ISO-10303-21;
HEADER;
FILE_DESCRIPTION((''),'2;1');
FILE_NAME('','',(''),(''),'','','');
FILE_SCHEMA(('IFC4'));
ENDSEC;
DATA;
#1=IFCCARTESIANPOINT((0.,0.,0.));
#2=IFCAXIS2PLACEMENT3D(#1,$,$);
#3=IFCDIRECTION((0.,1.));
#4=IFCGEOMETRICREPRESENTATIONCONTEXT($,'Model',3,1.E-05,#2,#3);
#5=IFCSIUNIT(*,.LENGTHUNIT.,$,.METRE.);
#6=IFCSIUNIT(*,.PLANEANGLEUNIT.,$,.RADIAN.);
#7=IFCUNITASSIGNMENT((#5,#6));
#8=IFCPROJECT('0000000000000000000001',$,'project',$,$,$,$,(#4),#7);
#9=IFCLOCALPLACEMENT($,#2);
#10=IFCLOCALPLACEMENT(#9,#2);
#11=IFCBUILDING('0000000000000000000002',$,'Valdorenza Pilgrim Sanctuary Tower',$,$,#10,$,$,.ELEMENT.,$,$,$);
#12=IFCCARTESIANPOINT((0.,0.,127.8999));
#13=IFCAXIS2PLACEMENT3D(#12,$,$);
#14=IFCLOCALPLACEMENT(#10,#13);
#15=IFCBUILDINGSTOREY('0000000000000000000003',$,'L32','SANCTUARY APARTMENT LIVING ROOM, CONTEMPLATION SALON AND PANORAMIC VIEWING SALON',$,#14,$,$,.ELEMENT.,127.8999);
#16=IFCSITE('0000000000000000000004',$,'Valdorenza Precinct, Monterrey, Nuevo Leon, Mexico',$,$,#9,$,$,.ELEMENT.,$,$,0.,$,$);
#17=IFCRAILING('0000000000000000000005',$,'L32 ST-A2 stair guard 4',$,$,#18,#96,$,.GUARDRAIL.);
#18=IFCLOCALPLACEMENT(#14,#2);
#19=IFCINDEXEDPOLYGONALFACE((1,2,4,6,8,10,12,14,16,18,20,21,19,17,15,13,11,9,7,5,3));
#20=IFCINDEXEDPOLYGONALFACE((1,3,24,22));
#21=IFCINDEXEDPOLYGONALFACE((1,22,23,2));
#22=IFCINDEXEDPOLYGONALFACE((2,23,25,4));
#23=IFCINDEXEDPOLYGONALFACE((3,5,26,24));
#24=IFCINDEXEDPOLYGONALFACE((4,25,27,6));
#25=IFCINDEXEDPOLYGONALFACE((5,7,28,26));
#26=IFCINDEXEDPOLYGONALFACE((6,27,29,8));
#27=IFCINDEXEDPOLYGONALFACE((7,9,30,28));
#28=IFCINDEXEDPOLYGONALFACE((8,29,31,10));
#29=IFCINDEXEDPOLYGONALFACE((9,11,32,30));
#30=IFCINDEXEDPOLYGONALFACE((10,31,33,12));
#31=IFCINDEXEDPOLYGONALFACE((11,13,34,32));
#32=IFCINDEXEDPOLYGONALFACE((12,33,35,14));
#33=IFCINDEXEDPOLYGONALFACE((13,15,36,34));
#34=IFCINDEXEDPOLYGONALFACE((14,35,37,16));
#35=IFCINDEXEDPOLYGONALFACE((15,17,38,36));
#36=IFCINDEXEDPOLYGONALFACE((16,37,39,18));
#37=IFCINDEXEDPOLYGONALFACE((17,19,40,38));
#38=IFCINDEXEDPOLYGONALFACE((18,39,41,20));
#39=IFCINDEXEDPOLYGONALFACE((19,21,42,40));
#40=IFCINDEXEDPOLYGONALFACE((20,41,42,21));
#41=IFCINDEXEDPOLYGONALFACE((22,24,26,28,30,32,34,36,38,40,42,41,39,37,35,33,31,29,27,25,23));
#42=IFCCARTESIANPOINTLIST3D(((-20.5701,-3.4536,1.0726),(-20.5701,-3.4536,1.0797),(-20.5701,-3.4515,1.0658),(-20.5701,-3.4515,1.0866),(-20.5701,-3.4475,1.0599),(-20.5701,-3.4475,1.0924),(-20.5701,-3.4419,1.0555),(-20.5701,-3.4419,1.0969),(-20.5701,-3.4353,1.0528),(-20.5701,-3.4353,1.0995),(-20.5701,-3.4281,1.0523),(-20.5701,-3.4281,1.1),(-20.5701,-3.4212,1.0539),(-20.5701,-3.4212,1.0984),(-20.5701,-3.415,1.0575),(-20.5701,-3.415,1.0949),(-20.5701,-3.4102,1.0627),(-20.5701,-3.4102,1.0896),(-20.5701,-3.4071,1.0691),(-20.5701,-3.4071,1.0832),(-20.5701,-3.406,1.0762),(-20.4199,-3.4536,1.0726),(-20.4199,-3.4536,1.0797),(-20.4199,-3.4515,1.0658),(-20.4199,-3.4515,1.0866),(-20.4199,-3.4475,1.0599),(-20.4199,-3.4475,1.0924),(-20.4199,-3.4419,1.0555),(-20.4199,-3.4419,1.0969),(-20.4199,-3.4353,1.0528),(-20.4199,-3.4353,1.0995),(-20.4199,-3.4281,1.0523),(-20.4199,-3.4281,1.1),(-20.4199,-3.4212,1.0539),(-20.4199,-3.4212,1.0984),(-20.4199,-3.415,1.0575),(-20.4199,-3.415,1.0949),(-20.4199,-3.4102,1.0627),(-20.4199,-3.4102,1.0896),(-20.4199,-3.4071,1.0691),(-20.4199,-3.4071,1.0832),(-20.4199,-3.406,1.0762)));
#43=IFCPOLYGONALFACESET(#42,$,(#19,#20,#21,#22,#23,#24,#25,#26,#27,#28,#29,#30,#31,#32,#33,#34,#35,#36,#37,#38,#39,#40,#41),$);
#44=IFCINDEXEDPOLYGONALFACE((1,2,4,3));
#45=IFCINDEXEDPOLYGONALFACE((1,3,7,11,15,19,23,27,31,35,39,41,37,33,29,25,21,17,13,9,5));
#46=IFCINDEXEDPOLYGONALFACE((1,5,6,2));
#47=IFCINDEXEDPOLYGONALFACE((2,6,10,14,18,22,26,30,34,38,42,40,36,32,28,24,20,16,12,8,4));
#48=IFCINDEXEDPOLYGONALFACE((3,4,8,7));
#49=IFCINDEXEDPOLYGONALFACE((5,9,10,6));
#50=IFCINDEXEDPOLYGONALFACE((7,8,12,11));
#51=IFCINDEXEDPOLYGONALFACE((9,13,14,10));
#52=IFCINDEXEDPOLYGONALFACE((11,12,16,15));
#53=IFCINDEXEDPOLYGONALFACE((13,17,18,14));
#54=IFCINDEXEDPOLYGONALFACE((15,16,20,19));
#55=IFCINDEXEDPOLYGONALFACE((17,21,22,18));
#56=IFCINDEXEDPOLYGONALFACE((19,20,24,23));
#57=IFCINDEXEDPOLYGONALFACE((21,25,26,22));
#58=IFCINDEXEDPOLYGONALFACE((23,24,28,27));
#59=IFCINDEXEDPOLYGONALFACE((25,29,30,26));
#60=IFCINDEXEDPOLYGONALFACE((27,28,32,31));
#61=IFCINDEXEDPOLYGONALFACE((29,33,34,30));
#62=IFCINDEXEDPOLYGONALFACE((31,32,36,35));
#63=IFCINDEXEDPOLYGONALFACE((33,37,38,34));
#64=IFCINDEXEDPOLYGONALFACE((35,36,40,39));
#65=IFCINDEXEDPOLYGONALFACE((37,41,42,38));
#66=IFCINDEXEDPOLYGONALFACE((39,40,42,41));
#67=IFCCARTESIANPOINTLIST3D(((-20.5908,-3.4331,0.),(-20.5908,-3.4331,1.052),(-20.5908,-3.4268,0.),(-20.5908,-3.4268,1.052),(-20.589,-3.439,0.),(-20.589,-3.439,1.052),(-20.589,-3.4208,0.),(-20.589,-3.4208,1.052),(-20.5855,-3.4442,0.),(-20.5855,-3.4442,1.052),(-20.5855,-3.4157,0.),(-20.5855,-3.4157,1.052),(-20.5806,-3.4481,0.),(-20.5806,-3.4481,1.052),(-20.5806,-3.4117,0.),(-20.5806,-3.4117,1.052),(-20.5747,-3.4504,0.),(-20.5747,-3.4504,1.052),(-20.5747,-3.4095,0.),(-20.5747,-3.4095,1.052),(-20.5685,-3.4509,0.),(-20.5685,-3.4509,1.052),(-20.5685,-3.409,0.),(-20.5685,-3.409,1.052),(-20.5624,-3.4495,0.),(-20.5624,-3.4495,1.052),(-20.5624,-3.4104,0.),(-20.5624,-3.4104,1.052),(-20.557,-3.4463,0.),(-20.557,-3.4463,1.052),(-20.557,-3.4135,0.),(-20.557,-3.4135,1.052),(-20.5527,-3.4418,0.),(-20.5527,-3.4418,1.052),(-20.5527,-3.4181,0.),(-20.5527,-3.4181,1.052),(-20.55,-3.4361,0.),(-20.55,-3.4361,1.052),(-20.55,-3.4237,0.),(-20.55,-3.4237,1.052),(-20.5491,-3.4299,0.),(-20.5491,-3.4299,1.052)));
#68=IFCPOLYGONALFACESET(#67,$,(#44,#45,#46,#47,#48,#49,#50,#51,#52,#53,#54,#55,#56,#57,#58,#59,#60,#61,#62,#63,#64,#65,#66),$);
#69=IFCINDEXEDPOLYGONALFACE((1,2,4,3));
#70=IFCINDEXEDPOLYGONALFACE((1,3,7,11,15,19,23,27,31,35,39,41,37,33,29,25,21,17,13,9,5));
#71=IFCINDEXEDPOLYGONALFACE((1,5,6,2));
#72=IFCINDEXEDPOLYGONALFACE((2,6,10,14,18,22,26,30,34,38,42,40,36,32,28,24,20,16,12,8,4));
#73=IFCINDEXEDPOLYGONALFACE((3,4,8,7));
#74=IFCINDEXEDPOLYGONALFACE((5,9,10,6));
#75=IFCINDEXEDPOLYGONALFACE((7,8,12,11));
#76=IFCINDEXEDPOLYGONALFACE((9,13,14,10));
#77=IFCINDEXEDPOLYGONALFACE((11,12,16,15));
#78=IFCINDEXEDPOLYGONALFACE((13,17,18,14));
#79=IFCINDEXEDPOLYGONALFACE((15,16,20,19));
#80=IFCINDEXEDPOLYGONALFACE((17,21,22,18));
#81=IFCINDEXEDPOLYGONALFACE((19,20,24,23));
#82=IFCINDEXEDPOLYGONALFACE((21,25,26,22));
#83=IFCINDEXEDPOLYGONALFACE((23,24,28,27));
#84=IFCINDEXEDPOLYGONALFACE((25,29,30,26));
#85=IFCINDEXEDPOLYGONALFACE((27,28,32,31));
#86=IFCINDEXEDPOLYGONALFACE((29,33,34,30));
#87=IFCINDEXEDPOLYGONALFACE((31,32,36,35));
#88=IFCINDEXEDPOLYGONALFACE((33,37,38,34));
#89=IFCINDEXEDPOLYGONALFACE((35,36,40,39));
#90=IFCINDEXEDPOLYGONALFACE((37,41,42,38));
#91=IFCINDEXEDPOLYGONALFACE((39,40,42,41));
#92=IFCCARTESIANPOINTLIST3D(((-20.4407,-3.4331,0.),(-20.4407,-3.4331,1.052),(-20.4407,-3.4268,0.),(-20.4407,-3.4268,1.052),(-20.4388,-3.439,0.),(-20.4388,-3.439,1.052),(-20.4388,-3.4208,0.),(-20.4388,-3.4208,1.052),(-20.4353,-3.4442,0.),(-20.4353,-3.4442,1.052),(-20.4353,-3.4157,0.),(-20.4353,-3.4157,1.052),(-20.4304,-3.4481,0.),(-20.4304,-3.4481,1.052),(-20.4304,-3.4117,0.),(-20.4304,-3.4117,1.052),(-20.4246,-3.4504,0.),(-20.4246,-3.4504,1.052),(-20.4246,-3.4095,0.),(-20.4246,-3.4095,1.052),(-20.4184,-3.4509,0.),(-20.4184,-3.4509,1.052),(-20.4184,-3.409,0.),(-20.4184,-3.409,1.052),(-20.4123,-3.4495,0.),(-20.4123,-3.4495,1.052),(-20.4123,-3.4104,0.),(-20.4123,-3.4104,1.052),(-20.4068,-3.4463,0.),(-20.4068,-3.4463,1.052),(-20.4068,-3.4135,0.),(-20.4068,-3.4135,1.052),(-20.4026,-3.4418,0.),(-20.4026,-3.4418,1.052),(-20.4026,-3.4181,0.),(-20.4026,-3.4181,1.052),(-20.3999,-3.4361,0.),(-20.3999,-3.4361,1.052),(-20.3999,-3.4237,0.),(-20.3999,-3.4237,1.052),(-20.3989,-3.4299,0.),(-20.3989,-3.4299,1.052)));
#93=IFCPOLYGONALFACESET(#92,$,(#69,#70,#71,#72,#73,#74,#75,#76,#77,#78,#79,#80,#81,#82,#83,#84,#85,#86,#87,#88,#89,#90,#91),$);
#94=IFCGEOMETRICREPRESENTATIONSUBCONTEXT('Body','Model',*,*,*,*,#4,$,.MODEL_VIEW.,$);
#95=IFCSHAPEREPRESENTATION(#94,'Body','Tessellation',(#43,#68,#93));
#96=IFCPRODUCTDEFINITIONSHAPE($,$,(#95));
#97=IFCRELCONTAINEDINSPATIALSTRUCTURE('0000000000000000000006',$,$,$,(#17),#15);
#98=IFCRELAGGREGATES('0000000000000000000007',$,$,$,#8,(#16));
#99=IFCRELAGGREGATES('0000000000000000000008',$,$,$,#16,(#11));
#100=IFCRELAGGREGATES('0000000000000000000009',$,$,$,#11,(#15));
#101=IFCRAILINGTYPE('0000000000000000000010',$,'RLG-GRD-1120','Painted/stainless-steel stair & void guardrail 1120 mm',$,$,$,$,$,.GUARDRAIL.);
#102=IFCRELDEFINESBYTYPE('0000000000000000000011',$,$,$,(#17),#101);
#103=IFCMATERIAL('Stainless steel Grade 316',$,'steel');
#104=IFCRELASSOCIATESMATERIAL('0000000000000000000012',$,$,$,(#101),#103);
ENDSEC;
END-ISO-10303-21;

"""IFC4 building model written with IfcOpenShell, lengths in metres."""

from ifc_helpers import new_model, si_unit, direction, frame, origin, origin_2d, place, context, subcontext, project, spatial, circle, extrude, material, type_object, element, save


model = new_model("IFC4")

# Units and contexts
model_context = context("Model", 3, precision=1e-05, world=origin(), true_north=direction((0.0, 1.0)))
body_context = subcontext(model_context, "Body", "Model", "MODEL_VIEW")
ifc_project = project(units=[si_unit("LENGTHUNIT", "METRE"), si_unit("PLANEANGLEUNIT", "RADIAN")], contexts=[model_context])

# Site, building, storey
site_placement = place(None, origin())
site = spatial("IfcSite", under=ifc_project, at=site_placement, Name="Valdorenza Precinct, Monterrey, Nuevo Leon, Mexico", CompositionType="ELEMENT", RefElevation=0.0)
building_placement = place(site_placement, origin())
building = spatial("IfcBuilding", under=site, at=building_placement, Name="Valdorenza Pilgrim Sanctuary Tower", CompositionType="ELEMENT")
storey_placement = place(building_placement, frame((0.0, 0.0, 127.8999)))
storey = spatial("IfcBuildingStorey", under=building, at=storey_placement, Name="L32", Description="SANCTUARY APARTMENT LIVING ROOM, CONTEMPLATION SALON AND PANORAMIC VIEWING SALON", CompositionType="ELEMENT", Elevation=127.8999)

# Railing
ifc_material_1 = material(Name="Stainless steel Grade 316", Category="steel")
railing_type_1 = type_object("IfcRailingType", Name="RLG-GRD-1120", Description="Painted/stainless-steel stair & void guardrail 1120 mm", PredefinedType="GUARDRAIL", material=ifc_material_1)
railing_1_placement = place(storey_placement, frame((-20.5701, -3.4299, 0.0)))
element("IfcRailing", 1, at=railing_1_placement, inside=storey, type_object=railing_type_1, Name="L32 ST-A2 stair guard 4", PredefinedType="GUARDRAIL", context=body_context, shape_type="SweptSolid", body=[
    extrude(circle(Radius=0.0239, at=origin_2d()), frame((0.0, 0.0, 1.0762), z_axis=(1.0, 0.0, 0.0), x_axis=(0.0, 1.0, 0.0)), (0.0, 0.0, 1.0), 0.1501),
    extrude(circle(Radius=0.021, at=origin_2d()), origin(), (0.0, 0.0, 1.0), 1.052),
    extrude(circle(Radius=0.021, at=origin_2d()), frame((0.1501, 0.0, 0.0)), (0.0, 0.0, 1.0), 1.052),
])

save(model, "model.ifc")
